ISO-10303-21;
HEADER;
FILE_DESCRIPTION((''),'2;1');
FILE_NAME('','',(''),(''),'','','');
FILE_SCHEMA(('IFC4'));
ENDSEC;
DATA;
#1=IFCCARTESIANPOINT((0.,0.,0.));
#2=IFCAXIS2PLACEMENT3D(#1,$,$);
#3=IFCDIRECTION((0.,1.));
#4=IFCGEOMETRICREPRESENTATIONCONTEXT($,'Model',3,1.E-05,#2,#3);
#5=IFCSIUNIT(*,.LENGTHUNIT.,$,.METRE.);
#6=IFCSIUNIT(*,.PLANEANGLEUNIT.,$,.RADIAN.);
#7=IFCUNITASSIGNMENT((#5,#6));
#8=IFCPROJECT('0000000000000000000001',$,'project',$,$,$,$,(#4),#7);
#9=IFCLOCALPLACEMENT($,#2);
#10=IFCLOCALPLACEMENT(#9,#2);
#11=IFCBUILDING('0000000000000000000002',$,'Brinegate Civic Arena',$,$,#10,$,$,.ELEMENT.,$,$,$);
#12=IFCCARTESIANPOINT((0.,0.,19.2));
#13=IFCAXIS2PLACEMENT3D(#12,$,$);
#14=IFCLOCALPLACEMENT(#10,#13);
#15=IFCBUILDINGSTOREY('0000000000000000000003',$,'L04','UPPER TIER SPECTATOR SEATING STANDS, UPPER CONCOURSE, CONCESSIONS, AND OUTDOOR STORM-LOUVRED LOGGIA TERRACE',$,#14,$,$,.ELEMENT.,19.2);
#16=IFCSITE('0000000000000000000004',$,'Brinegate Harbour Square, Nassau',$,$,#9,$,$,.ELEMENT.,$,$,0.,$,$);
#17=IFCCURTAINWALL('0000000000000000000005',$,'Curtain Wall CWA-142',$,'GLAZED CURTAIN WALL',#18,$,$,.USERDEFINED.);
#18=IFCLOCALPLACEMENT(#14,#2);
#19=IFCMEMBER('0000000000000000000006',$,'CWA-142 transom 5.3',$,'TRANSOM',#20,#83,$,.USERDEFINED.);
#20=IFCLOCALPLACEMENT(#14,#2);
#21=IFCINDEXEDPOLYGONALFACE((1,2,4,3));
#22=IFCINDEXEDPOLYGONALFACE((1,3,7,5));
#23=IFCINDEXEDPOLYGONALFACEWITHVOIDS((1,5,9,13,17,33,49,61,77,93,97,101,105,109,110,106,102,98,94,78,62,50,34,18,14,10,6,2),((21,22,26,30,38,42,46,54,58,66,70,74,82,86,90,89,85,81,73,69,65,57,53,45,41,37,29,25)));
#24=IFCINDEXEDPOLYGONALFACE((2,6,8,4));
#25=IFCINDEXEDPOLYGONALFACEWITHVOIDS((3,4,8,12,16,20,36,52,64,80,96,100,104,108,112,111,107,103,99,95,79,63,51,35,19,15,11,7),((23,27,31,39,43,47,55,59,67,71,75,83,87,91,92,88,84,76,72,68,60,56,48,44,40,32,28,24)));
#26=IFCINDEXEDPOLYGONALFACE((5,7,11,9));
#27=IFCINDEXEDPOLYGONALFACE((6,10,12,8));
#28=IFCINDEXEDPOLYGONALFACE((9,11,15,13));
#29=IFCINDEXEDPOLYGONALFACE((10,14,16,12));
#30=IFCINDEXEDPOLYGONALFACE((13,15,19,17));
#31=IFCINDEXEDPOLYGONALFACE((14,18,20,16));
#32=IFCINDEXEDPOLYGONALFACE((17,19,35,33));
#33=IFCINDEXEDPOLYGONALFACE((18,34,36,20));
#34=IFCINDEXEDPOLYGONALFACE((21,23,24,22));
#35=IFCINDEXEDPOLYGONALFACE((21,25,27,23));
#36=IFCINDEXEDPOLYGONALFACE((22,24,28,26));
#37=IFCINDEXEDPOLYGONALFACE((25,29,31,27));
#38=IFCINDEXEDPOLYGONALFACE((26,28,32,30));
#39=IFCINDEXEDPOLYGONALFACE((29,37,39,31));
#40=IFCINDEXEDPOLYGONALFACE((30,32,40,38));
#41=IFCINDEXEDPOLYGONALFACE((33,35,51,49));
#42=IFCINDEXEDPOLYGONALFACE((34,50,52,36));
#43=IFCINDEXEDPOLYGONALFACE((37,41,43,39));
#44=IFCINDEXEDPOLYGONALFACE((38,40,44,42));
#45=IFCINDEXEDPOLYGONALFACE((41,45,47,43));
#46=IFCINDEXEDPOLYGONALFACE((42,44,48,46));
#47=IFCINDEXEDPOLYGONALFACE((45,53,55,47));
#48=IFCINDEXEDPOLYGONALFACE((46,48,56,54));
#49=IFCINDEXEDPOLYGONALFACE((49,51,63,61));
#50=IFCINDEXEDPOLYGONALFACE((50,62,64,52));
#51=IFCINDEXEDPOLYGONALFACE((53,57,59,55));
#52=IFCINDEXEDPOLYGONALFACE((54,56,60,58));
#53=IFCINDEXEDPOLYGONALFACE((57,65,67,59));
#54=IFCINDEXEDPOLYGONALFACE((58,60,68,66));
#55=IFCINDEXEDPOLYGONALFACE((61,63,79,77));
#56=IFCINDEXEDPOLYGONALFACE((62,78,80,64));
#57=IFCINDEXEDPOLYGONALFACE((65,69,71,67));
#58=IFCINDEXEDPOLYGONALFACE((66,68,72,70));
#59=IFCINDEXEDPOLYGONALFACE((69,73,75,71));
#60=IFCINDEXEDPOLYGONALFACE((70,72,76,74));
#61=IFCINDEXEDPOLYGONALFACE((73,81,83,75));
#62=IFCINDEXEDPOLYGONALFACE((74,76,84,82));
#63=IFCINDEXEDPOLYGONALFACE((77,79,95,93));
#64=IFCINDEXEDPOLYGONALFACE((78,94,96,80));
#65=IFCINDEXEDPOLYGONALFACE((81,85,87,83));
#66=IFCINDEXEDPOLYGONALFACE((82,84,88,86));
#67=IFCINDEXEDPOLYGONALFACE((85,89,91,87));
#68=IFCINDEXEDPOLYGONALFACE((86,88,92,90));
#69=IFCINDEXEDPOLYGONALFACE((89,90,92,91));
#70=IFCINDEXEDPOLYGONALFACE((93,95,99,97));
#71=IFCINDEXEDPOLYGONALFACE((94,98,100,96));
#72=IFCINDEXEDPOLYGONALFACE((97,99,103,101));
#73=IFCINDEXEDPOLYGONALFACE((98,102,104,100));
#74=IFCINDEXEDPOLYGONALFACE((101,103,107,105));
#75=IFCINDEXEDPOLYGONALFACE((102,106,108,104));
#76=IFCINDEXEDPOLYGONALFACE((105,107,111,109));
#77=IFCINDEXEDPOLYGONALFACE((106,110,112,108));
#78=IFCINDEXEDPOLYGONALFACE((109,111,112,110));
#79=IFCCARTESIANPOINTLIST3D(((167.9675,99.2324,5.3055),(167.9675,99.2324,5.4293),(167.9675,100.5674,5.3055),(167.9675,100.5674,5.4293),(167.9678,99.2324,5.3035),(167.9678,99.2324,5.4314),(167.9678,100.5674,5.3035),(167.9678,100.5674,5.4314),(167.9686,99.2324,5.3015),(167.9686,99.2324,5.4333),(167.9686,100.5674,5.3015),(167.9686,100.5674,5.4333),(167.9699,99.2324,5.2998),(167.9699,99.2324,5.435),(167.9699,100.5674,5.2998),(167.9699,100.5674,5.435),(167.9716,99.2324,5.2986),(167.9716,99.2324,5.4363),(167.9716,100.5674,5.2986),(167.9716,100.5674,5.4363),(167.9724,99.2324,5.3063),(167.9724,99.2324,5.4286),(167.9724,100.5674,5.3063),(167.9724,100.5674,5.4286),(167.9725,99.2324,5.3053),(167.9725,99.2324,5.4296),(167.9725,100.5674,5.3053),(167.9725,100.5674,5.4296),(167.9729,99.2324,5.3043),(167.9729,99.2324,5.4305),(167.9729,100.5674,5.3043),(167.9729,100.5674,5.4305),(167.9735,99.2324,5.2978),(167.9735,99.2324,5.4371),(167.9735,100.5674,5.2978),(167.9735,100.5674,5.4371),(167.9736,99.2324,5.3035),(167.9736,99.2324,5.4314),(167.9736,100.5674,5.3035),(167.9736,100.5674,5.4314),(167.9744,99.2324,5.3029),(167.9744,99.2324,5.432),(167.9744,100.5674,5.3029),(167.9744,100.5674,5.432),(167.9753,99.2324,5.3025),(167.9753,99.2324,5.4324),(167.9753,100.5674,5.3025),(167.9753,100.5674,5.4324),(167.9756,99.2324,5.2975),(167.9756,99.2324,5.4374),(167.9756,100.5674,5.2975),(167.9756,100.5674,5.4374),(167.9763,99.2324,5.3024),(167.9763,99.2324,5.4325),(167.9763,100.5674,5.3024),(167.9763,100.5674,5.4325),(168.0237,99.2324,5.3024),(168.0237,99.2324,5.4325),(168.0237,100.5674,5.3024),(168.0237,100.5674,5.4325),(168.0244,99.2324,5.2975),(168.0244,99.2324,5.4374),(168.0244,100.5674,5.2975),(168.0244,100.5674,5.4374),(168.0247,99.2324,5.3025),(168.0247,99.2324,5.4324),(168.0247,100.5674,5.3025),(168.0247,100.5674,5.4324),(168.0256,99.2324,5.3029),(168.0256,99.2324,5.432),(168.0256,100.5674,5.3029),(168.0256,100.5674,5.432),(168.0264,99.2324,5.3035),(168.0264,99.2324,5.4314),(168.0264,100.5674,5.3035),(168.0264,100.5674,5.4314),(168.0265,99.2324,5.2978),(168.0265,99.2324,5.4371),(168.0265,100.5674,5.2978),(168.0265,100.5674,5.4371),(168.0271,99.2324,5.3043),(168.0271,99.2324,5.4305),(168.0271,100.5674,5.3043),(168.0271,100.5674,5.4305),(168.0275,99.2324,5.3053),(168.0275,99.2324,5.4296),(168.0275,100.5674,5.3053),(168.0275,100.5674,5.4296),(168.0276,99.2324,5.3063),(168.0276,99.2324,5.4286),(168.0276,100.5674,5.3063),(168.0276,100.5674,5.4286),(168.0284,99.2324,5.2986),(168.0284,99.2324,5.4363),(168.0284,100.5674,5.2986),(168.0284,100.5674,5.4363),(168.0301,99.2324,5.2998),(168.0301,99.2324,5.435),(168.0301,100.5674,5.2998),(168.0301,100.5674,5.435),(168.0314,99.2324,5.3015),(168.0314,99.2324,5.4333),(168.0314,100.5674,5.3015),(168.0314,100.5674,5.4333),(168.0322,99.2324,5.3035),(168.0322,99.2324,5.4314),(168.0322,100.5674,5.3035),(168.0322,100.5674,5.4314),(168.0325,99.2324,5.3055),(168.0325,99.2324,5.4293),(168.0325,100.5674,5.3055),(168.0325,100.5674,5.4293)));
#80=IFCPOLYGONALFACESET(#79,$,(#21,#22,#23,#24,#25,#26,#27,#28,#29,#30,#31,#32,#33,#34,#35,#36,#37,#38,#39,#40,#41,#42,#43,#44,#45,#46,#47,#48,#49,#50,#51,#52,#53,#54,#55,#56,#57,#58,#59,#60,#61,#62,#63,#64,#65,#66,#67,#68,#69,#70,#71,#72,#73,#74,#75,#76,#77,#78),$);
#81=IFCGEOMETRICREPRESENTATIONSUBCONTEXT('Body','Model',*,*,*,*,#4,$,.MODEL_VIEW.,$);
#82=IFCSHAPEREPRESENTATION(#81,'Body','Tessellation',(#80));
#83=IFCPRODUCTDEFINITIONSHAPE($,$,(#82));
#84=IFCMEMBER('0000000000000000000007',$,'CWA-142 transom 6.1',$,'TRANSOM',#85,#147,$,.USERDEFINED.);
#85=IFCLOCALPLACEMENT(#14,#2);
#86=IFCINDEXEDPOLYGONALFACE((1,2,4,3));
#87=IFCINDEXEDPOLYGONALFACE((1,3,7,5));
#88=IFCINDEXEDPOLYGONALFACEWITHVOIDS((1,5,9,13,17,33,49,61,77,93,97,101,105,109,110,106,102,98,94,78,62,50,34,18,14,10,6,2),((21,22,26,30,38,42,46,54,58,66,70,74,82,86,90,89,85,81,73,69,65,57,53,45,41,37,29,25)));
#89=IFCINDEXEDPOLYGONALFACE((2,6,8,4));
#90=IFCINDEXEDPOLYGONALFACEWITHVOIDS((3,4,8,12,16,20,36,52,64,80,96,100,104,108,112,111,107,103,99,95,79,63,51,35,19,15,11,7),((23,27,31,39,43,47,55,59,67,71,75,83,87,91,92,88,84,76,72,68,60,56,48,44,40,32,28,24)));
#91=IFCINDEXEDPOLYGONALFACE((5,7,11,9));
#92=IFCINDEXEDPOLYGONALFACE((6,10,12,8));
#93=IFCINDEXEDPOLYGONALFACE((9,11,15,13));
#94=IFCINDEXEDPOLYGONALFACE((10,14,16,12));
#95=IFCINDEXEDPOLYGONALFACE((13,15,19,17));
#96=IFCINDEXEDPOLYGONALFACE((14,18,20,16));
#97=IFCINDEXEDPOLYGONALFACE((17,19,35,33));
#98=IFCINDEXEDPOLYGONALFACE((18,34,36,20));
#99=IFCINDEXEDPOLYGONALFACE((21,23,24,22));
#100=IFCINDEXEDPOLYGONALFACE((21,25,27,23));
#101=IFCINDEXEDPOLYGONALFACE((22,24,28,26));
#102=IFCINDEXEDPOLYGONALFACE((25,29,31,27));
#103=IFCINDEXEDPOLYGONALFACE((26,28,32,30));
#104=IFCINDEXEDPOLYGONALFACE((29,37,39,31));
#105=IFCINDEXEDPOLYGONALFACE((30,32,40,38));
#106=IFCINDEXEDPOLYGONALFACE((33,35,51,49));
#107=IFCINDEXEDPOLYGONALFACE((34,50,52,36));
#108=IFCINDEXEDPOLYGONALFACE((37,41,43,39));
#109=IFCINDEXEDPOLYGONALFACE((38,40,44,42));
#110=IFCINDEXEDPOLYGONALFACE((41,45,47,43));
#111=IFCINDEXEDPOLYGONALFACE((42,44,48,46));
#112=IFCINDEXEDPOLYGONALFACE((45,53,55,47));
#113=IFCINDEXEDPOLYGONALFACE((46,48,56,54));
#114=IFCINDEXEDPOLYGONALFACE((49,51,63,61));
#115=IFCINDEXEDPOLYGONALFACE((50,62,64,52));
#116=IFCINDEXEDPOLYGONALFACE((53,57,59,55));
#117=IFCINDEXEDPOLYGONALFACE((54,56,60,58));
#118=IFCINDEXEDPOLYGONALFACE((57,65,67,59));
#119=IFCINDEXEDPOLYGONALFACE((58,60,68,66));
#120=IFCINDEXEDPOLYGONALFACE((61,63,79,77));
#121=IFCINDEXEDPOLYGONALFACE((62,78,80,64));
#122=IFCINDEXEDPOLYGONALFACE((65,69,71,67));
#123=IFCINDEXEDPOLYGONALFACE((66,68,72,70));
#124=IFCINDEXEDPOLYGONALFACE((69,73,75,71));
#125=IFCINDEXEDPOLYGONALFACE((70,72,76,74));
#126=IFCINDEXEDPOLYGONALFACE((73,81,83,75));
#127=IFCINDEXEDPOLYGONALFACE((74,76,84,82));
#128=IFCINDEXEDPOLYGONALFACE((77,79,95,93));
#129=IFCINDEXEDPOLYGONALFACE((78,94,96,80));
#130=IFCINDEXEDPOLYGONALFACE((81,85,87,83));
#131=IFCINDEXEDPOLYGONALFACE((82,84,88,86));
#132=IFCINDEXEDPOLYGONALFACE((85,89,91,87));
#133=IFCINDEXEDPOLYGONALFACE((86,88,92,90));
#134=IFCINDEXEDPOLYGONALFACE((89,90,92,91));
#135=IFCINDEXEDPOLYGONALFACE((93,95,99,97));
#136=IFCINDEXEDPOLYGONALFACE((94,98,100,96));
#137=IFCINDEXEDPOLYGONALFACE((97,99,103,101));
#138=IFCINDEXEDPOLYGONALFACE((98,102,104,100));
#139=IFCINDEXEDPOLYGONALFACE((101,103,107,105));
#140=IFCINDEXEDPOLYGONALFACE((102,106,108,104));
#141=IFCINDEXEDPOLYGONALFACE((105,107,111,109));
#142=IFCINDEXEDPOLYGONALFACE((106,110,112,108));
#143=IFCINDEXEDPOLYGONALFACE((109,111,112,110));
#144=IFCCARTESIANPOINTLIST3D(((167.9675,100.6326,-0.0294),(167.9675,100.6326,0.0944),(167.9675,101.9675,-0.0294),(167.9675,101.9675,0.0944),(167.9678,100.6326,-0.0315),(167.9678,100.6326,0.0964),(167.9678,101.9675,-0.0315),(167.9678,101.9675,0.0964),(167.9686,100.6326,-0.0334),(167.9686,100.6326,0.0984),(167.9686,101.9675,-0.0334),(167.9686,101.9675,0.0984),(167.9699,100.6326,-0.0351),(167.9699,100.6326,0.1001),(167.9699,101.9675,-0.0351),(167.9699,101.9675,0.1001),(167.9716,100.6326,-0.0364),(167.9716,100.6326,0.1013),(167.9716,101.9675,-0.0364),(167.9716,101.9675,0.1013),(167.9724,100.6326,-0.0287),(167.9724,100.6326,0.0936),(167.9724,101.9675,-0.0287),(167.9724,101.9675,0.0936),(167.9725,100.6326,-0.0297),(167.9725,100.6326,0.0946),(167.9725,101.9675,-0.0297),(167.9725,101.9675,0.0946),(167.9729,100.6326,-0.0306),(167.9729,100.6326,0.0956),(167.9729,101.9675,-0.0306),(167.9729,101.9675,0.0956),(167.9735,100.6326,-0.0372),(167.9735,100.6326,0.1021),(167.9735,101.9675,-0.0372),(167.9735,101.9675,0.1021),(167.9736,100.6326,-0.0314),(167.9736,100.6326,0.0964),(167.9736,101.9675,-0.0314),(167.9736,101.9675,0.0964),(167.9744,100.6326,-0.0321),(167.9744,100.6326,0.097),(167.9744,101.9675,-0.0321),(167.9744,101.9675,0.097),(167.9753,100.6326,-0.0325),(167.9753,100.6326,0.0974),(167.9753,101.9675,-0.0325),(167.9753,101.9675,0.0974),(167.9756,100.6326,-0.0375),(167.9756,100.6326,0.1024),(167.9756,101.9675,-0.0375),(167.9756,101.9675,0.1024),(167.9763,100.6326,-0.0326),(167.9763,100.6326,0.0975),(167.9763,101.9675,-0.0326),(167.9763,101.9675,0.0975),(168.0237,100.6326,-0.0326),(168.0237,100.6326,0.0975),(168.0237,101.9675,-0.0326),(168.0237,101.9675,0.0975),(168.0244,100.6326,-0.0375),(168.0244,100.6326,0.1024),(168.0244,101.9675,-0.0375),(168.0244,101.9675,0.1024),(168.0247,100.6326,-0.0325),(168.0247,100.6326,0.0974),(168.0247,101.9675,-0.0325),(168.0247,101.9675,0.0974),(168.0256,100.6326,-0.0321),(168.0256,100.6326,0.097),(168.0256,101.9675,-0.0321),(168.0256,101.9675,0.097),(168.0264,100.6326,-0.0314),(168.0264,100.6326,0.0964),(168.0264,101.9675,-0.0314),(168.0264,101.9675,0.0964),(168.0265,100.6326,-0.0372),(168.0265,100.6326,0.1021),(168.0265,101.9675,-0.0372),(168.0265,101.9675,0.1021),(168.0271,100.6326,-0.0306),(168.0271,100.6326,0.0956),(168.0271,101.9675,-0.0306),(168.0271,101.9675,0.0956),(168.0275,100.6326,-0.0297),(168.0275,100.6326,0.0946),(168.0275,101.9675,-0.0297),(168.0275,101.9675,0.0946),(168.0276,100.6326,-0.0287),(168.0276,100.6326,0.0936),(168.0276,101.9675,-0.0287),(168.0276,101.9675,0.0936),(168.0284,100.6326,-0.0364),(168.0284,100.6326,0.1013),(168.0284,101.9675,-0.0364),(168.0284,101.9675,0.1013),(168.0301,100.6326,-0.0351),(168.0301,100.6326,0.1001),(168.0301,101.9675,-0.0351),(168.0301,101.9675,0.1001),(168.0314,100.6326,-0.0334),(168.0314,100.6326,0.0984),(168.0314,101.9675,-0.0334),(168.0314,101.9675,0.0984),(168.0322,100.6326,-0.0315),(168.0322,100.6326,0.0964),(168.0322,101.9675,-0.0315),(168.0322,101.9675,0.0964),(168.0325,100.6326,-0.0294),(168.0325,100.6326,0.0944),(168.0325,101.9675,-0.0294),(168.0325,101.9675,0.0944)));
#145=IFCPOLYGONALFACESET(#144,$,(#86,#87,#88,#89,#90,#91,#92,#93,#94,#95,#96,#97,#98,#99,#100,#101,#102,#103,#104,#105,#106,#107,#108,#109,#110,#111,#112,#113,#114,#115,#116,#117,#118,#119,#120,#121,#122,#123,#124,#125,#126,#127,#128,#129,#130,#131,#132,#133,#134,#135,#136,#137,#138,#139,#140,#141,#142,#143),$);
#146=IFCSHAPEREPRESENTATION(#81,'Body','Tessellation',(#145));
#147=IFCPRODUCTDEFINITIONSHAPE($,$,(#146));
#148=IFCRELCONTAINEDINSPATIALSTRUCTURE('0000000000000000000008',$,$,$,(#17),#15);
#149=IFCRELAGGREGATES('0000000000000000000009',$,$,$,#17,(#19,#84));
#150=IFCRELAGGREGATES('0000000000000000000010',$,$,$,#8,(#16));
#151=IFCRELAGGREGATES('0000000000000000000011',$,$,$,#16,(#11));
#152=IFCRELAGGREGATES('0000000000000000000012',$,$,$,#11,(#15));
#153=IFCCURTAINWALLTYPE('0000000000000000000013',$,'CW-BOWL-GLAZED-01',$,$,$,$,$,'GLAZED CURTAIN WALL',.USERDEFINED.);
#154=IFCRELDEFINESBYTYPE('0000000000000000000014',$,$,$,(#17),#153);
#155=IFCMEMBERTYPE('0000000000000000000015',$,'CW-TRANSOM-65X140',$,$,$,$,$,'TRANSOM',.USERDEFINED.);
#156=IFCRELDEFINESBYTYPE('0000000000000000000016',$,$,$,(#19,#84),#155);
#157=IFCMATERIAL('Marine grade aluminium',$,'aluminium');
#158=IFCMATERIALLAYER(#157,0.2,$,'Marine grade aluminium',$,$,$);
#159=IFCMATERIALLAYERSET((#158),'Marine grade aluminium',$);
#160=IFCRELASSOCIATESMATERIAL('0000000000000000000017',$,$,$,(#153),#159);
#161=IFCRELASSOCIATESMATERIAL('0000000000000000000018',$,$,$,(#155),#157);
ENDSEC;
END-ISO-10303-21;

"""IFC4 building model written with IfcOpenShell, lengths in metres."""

from ifc_helpers import new_model, si_unit, direction, frame, origin, origin_2d, place, context, subcontext, project, spatial, hollow_rectangle, extrude, material, layer, layer_set, material_profile, profile_set, type_object, element, aggregate, save


model = new_model("IFC4")

# Units and contexts
model_context = context("Model", 3, precision=1e-05, world=origin(), true_north=direction((0.0, 1.0)))
body_context = subcontext(model_context, "Body", "Model", "MODEL_VIEW")
ifc_project = project(units=[si_unit("LENGTHUNIT", "METRE"), si_unit("PLANEANGLEUNIT", "RADIAN")], contexts=[model_context])

# Site, building, storey
site_placement = place(None, origin())
site = spatial("IfcSite", under=ifc_project, at=site_placement, Name="Brinegate Harbour Square, Nassau", CompositionType="ELEMENT", RefElevation=0.0)
building_placement = place(site_placement, origin())
building = spatial("IfcBuilding", under=site, at=building_placement, Name="Brinegate Civic Arena", CompositionType="ELEMENT")
storey_placement = place(building_placement, frame((0.0, 0.0, 19.2)))
storey = spatial("IfcBuildingStorey", under=building, at=storey_placement, Name="L04", Description="UPPER TIER SPECTATOR SEATING STANDS, UPPER CONCOURSE, CONCESSIONS, AND OUTDOOR STORM-LOUVRED LOGGIA TERRACE", CompositionType="ELEMENT", Elevation=19.2)

# Curtain wall, members
ifc_material_1 = material(Name="Marine grade aluminium", Category="aluminium")
ifc_layer_1 = layer(ifc_material_1, 0.2, Name="Marine grade aluminium")
ifc_layer_set_1 = layer_set([ifc_layer_1], Name="Marine grade aluminium")
curtain_wall_type = type_object("IfcCurtainWallType", Name="CW-BOWL-GLAZED-01", ElementType="GLAZED CURTAIN WALL", PredefinedType="USERDEFINED", material=ifc_layer_set_1)
curtain_wall_placement = place(storey_placement, origin())
curtain_wall = element("IfcCurtainWall", 1, at=curtain_wall_placement, inside=storey, type_object=curtain_wall_type, Name="Curtain Wall CWA-142", ObjectType="GLAZED CURTAIN WALL", PredefinedType="USERDEFINED")
ifc_material_profile_1 = material_profile(ifc_material_1, hollow_rectangle(XDim=0.0649, YDim=0.1399, WallThickness=0.0049, InnerFilletRadius=0.0039, OuterFilletRadius=0.0081, at=origin_2d()), Name="TRN65X140")
ifc_profile_set_1 = profile_set([ifc_material_profile_1], Name="Marine grade aluminium")
member_type_1 = type_object("IfcMemberType", Name="CW-TRANSOM-65X140", ElementType="TRANSOM", PredefinedType="USERDEFINED", material=ifc_profile_set_1)
member_1_placement = place(storey_placement, frame((168.0, 99.2324, 5.3674), z_axis=(0.0, 1.0, 0.0), x_axis=(-1.0, 0.0, 0.0)))
member_1 = element("IfcMember", 2, at=member_1_placement, type_object=member_type_1, Name="CWA-142 transom 5.3", ObjectType="TRANSOM", PredefinedType="USERDEFINED", context=body_context, shape_type="SweptSolid", body=[
    extrude(hollow_rectangle(XDim=0.0649, YDim=0.1399, WallThickness=0.0049, InnerFilletRadius=0.0039, OuterFilletRadius=0.0081, at=origin_2d()), origin(), (0.0, 0.0, 1.0), 1.335),
])
member_2_placement = place(storey_placement, frame((168.0, 100.6326, 0.0325), z_axis=(0.0, 1.0, 0.0), x_axis=(-1.0, 0.0, 0.0)))
member_2 = element("IfcMember", 3, at=member_2_placement, type_object=member_type_1, Name="CWA-142 transom 6.1", ObjectType="TRANSOM", PredefinedType="USERDEFINED", context=body_context, shape_type="SweptSolid", body=[
    extrude(hollow_rectangle(XDim=0.0649, YDim=0.1399, WallThickness=0.0049, InnerFilletRadius=0.0039, OuterFilletRadius=0.0081, at=origin_2d()), origin(), (0.0, 0.0, 1.0), 1.335),
])
aggregate(curtain_wall, [member_1, member_2])

save(model, "model.ifc")
